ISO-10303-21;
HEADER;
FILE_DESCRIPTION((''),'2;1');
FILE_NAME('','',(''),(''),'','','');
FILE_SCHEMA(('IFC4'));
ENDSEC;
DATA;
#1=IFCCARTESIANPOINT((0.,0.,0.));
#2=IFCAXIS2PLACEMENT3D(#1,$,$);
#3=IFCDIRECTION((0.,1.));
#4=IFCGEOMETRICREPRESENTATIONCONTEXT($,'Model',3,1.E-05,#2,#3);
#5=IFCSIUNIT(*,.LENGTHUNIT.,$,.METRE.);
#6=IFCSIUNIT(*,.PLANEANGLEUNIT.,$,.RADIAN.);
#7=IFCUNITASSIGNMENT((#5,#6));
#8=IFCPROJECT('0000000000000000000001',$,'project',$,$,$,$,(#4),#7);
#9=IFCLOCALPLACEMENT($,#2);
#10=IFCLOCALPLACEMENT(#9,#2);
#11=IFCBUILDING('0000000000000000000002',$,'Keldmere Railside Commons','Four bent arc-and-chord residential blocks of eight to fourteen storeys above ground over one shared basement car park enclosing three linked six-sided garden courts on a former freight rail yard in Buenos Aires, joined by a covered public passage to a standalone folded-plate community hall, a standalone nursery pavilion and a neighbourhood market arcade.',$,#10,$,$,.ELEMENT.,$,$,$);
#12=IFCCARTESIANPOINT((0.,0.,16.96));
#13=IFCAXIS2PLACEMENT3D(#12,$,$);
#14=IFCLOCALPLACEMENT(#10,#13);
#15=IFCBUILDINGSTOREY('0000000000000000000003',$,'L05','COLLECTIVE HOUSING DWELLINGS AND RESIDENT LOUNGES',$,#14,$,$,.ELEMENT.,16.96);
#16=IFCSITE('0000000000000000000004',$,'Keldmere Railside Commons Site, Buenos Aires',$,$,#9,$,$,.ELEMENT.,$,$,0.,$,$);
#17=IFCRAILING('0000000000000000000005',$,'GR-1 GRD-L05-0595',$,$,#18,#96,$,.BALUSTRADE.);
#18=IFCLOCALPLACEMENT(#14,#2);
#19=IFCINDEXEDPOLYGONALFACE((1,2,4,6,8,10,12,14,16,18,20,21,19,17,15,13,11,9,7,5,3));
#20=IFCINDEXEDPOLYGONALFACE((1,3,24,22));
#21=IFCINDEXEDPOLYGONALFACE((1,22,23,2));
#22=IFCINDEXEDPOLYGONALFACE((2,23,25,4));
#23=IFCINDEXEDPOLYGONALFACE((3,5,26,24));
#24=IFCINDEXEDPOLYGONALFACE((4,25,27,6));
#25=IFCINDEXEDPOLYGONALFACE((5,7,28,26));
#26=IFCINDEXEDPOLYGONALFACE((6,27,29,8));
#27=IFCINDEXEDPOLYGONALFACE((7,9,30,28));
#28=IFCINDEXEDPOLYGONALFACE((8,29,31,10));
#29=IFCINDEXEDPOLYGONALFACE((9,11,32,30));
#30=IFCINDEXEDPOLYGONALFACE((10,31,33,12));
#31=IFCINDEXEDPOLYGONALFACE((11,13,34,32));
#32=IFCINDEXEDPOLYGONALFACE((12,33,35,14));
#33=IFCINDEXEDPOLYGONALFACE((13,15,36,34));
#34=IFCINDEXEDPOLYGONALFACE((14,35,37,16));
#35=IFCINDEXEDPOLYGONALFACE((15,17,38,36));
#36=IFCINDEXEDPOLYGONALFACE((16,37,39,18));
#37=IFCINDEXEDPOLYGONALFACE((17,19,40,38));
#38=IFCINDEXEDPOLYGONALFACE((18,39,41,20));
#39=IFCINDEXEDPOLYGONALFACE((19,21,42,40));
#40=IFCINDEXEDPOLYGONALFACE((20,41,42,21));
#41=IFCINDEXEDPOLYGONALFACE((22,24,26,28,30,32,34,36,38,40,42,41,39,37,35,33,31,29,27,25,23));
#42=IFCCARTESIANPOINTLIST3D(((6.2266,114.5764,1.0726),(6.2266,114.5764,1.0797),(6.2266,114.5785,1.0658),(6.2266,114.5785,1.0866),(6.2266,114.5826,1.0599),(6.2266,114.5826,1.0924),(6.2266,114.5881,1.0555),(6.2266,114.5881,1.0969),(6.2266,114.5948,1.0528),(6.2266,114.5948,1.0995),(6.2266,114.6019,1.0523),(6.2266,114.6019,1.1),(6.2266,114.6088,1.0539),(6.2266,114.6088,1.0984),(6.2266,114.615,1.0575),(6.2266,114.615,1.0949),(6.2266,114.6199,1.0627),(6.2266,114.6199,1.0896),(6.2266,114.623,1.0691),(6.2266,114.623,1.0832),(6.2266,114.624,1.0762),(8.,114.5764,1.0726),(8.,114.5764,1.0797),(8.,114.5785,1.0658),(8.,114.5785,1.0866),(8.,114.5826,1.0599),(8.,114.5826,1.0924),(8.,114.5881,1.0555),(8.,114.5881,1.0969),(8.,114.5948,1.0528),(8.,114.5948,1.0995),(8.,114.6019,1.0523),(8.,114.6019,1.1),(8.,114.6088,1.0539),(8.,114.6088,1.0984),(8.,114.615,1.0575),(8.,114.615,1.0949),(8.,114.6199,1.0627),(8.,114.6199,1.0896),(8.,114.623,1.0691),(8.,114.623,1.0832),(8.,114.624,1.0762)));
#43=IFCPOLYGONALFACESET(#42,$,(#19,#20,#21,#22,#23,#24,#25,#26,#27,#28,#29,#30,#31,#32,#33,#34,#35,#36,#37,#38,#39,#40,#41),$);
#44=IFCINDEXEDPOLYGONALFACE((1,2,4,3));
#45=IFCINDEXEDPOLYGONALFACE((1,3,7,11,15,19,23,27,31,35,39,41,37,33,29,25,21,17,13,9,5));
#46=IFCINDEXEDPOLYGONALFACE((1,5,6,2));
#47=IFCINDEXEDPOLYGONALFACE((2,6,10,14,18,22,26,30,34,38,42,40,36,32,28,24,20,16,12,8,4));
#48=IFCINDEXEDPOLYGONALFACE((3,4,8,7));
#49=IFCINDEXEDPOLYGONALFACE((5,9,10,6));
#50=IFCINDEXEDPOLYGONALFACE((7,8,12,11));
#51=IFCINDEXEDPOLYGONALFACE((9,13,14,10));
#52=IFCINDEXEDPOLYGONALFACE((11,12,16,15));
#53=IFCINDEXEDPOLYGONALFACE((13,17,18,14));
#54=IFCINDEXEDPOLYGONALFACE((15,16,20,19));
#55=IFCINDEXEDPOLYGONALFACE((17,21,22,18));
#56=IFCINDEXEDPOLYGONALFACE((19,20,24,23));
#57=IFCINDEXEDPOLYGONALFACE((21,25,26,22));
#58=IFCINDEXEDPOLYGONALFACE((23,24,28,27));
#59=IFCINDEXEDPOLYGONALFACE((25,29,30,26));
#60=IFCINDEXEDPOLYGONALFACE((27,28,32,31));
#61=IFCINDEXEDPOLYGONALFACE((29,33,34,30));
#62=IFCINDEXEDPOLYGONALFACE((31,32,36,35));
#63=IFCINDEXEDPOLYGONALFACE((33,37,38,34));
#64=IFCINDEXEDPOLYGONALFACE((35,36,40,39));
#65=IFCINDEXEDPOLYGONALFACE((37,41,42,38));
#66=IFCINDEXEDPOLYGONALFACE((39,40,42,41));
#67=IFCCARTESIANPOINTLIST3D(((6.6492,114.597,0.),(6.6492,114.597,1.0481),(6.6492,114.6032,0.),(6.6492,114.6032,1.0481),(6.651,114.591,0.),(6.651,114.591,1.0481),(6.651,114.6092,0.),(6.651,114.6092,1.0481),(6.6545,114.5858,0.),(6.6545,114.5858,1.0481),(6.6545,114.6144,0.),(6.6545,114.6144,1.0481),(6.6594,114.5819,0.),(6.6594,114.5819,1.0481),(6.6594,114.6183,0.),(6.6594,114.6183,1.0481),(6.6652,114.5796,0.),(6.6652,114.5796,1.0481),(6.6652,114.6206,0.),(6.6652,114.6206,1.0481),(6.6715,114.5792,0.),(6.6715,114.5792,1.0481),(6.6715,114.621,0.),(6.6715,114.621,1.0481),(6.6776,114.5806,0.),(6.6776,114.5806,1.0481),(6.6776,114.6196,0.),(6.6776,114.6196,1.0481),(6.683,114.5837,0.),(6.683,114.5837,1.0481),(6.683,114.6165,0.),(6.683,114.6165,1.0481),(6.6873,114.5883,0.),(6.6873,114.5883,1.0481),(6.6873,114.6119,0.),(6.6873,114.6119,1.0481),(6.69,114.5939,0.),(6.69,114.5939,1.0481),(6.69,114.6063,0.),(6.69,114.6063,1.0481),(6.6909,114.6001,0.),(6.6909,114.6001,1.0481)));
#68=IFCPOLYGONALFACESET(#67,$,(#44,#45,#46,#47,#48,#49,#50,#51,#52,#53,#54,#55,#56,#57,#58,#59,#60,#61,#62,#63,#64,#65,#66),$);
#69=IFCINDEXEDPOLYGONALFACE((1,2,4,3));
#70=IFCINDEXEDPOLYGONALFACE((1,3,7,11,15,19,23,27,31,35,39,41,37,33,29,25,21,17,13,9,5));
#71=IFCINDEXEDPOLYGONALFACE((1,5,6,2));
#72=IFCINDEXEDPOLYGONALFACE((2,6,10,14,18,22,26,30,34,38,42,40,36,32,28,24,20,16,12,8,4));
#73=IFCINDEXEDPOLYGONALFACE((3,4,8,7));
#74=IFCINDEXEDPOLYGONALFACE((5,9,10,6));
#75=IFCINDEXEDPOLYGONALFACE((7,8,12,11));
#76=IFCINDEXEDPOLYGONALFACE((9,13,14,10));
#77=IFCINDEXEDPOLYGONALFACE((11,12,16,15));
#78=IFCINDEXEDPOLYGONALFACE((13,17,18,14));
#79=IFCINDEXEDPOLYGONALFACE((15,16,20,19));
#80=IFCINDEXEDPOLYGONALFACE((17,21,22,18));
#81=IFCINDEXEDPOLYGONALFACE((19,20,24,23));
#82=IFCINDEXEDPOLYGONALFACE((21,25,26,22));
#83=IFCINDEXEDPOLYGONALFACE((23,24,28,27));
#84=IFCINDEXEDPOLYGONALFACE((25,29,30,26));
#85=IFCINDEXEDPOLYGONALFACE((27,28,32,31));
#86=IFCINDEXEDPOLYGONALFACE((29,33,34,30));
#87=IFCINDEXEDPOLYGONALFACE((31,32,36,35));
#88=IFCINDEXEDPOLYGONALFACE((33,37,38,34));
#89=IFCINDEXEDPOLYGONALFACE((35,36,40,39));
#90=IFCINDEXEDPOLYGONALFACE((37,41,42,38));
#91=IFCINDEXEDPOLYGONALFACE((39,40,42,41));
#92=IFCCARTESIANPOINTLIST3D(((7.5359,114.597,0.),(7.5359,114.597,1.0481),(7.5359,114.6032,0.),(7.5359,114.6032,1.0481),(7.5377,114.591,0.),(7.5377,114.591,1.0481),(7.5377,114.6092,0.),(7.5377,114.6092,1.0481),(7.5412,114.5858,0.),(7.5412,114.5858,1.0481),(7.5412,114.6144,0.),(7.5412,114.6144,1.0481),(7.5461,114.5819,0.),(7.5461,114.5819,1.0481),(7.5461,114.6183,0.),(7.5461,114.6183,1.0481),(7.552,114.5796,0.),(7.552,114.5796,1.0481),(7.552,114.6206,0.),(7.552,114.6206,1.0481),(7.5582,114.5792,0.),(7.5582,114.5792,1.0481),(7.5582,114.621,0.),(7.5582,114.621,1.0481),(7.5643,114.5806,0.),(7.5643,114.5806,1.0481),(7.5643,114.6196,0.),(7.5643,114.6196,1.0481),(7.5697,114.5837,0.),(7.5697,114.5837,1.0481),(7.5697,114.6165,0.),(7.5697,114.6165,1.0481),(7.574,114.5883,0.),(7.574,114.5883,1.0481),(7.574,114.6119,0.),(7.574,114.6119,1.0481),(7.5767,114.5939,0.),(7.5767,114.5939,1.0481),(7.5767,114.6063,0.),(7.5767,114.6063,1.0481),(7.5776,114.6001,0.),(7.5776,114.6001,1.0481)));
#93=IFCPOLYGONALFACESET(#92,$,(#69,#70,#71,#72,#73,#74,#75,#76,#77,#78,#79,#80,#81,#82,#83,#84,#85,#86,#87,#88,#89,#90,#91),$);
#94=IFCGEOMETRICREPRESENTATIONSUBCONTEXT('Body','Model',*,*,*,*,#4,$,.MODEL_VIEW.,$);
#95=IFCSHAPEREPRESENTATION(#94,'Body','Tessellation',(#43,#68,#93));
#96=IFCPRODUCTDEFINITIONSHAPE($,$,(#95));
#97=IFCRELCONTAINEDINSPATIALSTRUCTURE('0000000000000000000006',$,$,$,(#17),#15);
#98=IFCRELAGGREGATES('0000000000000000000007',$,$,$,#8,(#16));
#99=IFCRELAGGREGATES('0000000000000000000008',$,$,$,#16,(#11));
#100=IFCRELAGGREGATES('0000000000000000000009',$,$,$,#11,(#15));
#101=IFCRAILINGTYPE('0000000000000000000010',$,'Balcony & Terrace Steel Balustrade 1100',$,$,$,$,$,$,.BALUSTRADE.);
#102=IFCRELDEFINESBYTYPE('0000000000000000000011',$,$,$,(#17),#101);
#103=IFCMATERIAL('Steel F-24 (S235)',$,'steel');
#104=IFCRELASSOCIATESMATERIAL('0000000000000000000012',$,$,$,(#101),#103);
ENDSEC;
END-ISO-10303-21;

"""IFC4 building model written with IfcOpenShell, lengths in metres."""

from ifc_helpers import new_model, si_unit, direction, frame, origin, origin_2d, place, context, subcontext, project, spatial, circle, extrude, material, type_object, element, save


model = new_model("IFC4")

# Units and contexts
model_context = context("Model", 3, precision=1e-05, world=origin(), true_north=direction((0.0, 1.0)))
body_context = subcontext(model_context, "Body", "Model", "MODEL_VIEW")
ifc_project = project(units=[si_unit("LENGTHUNIT", "METRE"), si_unit("PLANEANGLEUNIT", "RADIAN")], contexts=[model_context])

# Site, building, storey
site_placement = place(None, origin())
site = spatial("IfcSite", under=ifc_project, at=site_placement, Name="Keldmere Railside Commons Site, Buenos Aires", CompositionType="ELEMENT", RefElevation=0.0)
building_placement = place(site_placement, origin())
building = spatial("IfcBuilding", under=site, at=building_placement, Name="Keldmere Railside Commons", Description="Four bent arc-and-chord residential blocks of eight to fourteen storeys above ground over one shared basement car park enclosing three linked six-sided garden courts on a former freight rail yard in Buenos Aires, joined by a covered public passage to a standalone folded-plate community hall, a standalone nursery pavilion and a neighbourhood market arcade.", CompositionType="ELEMENT")
storey_placement = place(building_placement, frame((0.0, 0.0, 16.96)))
storey = spatial("IfcBuildingStorey", under=building, at=storey_placement, Name="L05", Description="COLLECTIVE HOUSING DWELLINGS AND RESIDENT LOUNGES", CompositionType="ELEMENT", Elevation=16.96)

# Railing
ifc_material_1 = material(Name="Steel F-24 (S235)", Category="steel")
railing_type = type_object("IfcRailingType", Name="Balcony & Terrace Steel Balustrade 1100", PredefinedType="BALUSTRADE", material=ifc_material_1)
railing_1_placement = place(storey_placement, frame((6.2266, 114.6001, 0.0)))
element("IfcRailing", 1, at=railing_1_placement, inside=storey, type_object=railing_type, Name="GR-1 GRD-L05-0595", PredefinedType="BALUSTRADE", context=body_context, shape_type="SweptSolid", body=[
    extrude(circle(Radius=0.0239, at=origin_2d()), frame((0.0, 0.0, 1.0762), z_axis=(1.0, 0.0, 0.0), x_axis=(0.0, 1.0, 0.0)), (0.0, 0.0, 1.0), 1.7734),
    extrude(circle(Radius=0.021, at=origin_2d()), frame((0.4434, 0.0, 0.0)), (0.0, 0.0, 1.0), 1.0481),
    extrude(circle(Radius=0.021, at=origin_2d()), frame((1.3301, 0.0, 0.0)), (0.0, 0.0, 1.0), 1.0481),
])

save(model, "model.ifc")
